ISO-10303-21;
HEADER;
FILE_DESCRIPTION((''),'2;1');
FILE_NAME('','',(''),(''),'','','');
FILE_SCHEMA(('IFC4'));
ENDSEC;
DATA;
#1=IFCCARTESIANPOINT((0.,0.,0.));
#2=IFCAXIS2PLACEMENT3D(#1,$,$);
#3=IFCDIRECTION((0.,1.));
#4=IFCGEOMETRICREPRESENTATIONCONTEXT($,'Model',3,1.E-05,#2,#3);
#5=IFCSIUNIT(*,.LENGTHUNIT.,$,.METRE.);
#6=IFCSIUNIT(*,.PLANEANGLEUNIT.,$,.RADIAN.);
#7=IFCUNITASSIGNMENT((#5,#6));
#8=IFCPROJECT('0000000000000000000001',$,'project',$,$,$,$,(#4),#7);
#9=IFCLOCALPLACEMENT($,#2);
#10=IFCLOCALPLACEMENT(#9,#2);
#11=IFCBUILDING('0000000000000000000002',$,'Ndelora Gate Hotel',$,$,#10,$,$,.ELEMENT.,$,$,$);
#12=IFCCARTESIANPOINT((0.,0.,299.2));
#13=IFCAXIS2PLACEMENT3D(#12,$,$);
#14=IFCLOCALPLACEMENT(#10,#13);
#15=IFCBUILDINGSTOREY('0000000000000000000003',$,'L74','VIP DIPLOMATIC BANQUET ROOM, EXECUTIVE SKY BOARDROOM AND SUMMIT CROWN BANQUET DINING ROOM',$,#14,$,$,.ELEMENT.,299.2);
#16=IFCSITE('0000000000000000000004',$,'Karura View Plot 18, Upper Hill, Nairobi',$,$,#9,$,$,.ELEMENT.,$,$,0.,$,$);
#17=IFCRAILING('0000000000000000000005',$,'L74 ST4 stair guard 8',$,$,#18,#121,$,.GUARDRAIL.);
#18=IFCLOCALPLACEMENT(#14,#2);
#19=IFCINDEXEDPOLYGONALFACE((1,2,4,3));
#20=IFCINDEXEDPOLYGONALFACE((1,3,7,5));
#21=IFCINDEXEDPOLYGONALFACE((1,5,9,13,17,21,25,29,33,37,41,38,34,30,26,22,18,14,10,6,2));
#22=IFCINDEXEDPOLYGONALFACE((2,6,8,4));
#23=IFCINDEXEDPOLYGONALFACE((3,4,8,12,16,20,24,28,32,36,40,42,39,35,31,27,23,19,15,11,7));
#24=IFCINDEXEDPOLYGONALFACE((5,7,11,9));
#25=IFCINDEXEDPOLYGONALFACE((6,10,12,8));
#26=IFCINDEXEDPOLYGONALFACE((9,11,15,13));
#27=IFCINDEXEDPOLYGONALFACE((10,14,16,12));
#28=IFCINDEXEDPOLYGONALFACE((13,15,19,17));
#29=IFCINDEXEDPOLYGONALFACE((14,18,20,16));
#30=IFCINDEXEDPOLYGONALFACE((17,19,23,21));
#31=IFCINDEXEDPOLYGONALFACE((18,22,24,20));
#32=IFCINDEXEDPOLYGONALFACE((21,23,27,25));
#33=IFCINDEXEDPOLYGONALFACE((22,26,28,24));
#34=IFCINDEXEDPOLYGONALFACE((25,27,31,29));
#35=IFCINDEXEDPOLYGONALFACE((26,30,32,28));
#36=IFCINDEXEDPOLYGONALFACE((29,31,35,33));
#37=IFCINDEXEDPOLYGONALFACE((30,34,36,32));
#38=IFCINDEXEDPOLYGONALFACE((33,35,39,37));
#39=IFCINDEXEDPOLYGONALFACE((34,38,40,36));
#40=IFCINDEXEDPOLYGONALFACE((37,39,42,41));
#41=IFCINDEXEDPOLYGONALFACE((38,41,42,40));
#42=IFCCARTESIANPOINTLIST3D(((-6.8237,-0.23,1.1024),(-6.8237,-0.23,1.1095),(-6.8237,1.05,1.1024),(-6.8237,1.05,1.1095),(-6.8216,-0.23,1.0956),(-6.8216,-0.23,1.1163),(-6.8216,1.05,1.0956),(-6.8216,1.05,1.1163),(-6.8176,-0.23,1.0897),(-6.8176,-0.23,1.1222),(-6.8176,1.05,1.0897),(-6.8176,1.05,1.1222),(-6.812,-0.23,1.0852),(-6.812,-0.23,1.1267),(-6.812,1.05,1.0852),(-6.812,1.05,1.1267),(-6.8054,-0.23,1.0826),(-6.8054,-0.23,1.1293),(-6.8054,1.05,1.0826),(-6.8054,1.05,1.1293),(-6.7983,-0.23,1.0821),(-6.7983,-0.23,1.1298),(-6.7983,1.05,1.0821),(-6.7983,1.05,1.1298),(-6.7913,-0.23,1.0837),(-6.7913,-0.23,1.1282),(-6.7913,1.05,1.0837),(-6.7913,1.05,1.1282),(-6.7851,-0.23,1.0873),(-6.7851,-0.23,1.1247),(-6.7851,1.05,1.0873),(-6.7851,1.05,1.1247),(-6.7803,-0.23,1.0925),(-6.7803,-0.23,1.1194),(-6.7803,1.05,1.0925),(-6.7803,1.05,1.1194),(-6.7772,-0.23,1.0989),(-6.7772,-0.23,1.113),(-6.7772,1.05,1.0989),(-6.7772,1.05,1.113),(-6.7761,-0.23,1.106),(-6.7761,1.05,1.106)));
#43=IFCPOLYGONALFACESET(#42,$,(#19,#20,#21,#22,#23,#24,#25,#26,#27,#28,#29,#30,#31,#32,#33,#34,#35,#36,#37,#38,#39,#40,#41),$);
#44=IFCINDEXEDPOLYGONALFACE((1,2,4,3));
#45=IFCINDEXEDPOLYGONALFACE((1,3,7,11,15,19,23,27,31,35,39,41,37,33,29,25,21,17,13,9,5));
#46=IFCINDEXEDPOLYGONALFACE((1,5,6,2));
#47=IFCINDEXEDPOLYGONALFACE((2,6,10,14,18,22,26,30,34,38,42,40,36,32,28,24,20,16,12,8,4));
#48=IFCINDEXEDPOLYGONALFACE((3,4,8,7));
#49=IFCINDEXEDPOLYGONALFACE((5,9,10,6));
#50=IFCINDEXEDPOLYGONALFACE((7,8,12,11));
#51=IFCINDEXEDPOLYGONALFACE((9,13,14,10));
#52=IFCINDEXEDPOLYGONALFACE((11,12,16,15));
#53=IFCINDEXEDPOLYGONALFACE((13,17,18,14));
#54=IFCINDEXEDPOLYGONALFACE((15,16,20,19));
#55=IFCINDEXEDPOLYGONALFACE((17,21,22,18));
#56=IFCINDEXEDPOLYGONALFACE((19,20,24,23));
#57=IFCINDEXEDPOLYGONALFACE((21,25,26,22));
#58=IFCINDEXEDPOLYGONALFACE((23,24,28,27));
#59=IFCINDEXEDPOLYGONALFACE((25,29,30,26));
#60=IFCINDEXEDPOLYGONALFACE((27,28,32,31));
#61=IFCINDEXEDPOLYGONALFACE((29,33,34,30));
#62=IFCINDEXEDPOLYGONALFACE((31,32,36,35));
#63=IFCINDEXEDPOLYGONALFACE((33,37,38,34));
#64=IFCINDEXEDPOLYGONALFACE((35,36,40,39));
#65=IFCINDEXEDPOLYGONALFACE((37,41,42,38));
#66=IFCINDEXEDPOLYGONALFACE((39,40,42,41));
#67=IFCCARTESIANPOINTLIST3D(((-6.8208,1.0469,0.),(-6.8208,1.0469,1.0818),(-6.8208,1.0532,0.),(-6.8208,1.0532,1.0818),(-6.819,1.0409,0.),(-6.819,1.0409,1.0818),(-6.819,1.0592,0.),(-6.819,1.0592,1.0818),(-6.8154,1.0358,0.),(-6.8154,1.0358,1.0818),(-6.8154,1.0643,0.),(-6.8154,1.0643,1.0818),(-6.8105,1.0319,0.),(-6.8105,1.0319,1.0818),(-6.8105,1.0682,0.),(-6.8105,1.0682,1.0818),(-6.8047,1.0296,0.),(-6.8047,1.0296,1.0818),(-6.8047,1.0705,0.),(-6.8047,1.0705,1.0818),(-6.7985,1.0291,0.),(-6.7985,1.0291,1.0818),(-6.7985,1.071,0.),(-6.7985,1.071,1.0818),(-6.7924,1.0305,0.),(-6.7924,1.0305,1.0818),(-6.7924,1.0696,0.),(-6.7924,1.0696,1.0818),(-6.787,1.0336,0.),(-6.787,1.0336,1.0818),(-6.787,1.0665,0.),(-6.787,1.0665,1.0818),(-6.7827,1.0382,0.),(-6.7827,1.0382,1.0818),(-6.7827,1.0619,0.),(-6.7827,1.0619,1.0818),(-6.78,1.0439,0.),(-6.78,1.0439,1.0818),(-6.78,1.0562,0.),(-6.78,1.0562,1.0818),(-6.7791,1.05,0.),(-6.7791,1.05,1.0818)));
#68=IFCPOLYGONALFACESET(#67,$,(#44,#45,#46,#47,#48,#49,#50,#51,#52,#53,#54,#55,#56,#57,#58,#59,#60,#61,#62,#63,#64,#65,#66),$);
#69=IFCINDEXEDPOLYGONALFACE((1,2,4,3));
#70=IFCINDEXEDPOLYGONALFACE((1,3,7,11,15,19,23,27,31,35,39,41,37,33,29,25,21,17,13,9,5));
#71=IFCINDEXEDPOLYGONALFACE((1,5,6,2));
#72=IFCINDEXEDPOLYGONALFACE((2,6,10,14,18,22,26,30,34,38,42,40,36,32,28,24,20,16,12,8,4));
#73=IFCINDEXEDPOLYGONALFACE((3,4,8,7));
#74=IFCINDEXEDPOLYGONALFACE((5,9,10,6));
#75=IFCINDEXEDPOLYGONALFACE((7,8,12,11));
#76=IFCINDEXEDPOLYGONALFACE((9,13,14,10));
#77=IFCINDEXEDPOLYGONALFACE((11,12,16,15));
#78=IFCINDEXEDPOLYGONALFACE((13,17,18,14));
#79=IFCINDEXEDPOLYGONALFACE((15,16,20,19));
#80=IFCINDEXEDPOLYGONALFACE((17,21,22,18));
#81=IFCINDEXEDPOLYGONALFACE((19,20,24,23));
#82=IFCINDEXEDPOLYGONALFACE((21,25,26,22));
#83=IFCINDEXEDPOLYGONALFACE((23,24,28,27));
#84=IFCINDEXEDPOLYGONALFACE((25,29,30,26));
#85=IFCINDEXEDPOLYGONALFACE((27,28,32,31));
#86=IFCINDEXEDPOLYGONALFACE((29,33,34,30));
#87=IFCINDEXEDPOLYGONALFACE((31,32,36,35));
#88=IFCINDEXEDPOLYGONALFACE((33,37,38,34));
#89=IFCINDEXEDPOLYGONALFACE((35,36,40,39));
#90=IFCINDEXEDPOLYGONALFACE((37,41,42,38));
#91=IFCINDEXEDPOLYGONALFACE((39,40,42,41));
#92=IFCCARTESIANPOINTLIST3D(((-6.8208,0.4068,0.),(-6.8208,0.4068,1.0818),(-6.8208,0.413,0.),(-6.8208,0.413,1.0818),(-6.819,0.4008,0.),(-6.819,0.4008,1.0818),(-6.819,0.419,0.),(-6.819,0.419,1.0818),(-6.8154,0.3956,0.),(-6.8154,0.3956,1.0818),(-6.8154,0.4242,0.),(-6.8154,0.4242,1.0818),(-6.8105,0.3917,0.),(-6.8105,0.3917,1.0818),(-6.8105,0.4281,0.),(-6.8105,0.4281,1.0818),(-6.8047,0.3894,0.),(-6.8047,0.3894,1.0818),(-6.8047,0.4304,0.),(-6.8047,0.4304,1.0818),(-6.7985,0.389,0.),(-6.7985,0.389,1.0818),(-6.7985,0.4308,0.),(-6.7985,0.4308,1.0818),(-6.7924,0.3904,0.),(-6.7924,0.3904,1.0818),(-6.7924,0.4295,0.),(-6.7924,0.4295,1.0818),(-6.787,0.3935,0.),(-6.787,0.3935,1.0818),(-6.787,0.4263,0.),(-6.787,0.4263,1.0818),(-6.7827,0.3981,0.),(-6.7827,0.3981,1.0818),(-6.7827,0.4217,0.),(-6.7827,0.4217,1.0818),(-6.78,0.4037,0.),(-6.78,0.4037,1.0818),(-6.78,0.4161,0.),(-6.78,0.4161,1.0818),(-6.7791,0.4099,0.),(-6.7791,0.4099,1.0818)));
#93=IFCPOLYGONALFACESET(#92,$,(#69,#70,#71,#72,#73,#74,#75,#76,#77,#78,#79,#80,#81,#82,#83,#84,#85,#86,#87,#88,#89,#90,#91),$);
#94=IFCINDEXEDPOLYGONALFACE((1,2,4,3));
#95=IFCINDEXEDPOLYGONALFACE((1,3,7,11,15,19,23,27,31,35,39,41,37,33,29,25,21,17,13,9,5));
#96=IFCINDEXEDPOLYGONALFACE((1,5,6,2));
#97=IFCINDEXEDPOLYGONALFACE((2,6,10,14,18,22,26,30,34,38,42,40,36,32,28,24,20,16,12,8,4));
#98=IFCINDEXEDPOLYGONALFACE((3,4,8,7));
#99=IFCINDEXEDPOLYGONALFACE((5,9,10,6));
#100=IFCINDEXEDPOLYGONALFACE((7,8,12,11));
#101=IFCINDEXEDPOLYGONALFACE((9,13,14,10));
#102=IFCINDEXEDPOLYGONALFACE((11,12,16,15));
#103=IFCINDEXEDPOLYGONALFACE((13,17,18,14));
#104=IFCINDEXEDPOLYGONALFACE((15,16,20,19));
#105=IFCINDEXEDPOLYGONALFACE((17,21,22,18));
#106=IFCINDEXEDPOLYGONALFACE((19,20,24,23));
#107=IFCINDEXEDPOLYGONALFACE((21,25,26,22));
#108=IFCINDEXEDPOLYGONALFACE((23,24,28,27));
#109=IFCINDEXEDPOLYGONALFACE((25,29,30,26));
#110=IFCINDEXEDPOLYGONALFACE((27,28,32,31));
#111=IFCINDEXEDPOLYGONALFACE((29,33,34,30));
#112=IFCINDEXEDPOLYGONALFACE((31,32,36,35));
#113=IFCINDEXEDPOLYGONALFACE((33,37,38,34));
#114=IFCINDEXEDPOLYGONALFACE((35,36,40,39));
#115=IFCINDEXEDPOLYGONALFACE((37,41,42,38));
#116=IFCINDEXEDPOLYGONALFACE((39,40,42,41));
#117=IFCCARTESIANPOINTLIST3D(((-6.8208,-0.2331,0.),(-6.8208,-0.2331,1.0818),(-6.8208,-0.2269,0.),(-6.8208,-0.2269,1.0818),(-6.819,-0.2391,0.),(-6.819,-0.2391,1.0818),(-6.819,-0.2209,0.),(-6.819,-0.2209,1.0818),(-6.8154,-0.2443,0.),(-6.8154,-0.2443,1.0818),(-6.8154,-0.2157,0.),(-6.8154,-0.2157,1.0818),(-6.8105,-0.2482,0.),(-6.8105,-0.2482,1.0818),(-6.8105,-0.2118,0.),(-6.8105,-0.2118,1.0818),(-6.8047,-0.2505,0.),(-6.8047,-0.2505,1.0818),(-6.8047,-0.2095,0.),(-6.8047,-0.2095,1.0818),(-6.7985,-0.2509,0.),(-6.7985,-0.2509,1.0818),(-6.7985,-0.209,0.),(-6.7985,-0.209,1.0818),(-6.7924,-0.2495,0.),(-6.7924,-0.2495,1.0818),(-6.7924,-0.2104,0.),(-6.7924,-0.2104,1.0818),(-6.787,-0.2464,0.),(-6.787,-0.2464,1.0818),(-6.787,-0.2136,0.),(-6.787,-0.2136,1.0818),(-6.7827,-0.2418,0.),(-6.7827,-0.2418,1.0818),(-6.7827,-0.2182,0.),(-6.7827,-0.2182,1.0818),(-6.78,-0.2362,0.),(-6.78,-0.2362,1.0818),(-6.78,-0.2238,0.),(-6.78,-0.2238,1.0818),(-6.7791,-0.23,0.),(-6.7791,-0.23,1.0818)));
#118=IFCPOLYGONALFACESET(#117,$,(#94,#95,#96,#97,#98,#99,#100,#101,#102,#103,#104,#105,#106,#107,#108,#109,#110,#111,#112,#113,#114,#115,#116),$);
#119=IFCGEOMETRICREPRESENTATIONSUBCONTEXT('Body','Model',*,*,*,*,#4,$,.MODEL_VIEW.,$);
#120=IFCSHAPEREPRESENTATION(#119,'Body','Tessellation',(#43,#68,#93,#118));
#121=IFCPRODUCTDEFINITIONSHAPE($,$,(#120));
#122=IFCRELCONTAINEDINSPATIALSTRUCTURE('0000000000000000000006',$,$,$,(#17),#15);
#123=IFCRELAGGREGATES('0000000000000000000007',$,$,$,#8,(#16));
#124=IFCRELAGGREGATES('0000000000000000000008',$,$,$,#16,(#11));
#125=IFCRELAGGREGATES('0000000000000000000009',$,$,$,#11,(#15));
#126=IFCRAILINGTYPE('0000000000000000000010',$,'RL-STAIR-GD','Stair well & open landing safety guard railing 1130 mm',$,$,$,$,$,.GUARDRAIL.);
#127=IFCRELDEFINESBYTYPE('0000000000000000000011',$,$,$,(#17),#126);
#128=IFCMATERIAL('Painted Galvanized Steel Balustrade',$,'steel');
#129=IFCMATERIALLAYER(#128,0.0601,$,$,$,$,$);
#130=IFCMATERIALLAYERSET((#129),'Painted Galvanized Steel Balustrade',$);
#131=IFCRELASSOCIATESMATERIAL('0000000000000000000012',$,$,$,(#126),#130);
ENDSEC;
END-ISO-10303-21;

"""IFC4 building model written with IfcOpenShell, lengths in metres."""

from ifc_helpers import new_model, si_unit, direction, frame, origin, origin_2d, place, context, subcontext, project, spatial, circle, extrude, material, layer, layer_set, type_object, element, save


model = new_model("IFC4")

# Units and contexts
model_context = context("Model", 3, precision=1e-05, world=origin(), true_north=direction((0.0, 1.0)))
body_context = subcontext(model_context, "Body", "Model", "MODEL_VIEW")
ifc_project = project(units=[si_unit("LENGTHUNIT", "METRE"), si_unit("PLANEANGLEUNIT", "RADIAN")], contexts=[model_context])

# Site, building, storey
site_placement = place(None, origin())
site = spatial("IfcSite", under=ifc_project, at=site_placement, Name="Karura View Plot 18, Upper Hill, Nairobi", CompositionType="ELEMENT", RefElevation=0.0)
building_placement = place(site_placement, origin())
building = spatial("IfcBuilding", under=site, at=building_placement, Name="Ndelora Gate Hotel", CompositionType="ELEMENT")
storey_placement = place(building_placement, frame((0.0, 0.0, 299.2)))
storey = spatial("IfcBuildingStorey", under=building, at=storey_placement, Name="L74", Description="VIP DIPLOMATIC BANQUET ROOM, EXECUTIVE SKY BOARDROOM AND SUMMIT CROWN BANQUET DINING ROOM", CompositionType="ELEMENT", Elevation=299.2)

# Railing
ifc_material_1 = material(Name="Painted Galvanized Steel Balustrade", Category="steel")
ifc_layer_1 = layer(ifc_material_1, 0.0601)
ifc_layer_set_1 = layer_set([ifc_layer_1], Name="Painted Galvanized Steel Balustrade")
railing_type = type_object("IfcRailingType", Name="RL-STAIR-GD", Description="Stair well & open landing safety guard railing 1130 mm", PredefinedType="GUARDRAIL", material=ifc_layer_set_1)
for number, where, name in (
    (1, (-6.8, 1.05, 0.0), "L74 ST4 stair guard 8"),
):
    element("IfcRailing", number, at=place(storey_placement, frame(where)), inside=storey, type_object=railing_type, Name=name, PredefinedType="GUARDRAIL", context=body_context, shape_type="SweptSolid", body=[
        extrude(circle(Radius=0.0239, at=origin_2d()), frame((0.0, 0.0, 1.106), z_axis=(0.0, -1.0, 0.0), x_axis=(1.0, 0.0, 0.0)), (0.0, 0.0, 1.0), 1.28),
        extrude(circle(Radius=0.021, at=origin_2d()), origin(), (0.0, 0.0, 1.0), 1.0818),
        extrude(circle(Radius=0.021, at=origin_2d()), frame((0.0, -0.6401, 0.0)), (0.0, 0.0, 1.0), 1.0818),
        extrude(circle(Radius=0.021, at=origin_2d()), frame((0.0, -1.28, 0.0)), (0.0, 0.0, 1.0), 1.0818),
    ])

save(model, "model.ifc")
